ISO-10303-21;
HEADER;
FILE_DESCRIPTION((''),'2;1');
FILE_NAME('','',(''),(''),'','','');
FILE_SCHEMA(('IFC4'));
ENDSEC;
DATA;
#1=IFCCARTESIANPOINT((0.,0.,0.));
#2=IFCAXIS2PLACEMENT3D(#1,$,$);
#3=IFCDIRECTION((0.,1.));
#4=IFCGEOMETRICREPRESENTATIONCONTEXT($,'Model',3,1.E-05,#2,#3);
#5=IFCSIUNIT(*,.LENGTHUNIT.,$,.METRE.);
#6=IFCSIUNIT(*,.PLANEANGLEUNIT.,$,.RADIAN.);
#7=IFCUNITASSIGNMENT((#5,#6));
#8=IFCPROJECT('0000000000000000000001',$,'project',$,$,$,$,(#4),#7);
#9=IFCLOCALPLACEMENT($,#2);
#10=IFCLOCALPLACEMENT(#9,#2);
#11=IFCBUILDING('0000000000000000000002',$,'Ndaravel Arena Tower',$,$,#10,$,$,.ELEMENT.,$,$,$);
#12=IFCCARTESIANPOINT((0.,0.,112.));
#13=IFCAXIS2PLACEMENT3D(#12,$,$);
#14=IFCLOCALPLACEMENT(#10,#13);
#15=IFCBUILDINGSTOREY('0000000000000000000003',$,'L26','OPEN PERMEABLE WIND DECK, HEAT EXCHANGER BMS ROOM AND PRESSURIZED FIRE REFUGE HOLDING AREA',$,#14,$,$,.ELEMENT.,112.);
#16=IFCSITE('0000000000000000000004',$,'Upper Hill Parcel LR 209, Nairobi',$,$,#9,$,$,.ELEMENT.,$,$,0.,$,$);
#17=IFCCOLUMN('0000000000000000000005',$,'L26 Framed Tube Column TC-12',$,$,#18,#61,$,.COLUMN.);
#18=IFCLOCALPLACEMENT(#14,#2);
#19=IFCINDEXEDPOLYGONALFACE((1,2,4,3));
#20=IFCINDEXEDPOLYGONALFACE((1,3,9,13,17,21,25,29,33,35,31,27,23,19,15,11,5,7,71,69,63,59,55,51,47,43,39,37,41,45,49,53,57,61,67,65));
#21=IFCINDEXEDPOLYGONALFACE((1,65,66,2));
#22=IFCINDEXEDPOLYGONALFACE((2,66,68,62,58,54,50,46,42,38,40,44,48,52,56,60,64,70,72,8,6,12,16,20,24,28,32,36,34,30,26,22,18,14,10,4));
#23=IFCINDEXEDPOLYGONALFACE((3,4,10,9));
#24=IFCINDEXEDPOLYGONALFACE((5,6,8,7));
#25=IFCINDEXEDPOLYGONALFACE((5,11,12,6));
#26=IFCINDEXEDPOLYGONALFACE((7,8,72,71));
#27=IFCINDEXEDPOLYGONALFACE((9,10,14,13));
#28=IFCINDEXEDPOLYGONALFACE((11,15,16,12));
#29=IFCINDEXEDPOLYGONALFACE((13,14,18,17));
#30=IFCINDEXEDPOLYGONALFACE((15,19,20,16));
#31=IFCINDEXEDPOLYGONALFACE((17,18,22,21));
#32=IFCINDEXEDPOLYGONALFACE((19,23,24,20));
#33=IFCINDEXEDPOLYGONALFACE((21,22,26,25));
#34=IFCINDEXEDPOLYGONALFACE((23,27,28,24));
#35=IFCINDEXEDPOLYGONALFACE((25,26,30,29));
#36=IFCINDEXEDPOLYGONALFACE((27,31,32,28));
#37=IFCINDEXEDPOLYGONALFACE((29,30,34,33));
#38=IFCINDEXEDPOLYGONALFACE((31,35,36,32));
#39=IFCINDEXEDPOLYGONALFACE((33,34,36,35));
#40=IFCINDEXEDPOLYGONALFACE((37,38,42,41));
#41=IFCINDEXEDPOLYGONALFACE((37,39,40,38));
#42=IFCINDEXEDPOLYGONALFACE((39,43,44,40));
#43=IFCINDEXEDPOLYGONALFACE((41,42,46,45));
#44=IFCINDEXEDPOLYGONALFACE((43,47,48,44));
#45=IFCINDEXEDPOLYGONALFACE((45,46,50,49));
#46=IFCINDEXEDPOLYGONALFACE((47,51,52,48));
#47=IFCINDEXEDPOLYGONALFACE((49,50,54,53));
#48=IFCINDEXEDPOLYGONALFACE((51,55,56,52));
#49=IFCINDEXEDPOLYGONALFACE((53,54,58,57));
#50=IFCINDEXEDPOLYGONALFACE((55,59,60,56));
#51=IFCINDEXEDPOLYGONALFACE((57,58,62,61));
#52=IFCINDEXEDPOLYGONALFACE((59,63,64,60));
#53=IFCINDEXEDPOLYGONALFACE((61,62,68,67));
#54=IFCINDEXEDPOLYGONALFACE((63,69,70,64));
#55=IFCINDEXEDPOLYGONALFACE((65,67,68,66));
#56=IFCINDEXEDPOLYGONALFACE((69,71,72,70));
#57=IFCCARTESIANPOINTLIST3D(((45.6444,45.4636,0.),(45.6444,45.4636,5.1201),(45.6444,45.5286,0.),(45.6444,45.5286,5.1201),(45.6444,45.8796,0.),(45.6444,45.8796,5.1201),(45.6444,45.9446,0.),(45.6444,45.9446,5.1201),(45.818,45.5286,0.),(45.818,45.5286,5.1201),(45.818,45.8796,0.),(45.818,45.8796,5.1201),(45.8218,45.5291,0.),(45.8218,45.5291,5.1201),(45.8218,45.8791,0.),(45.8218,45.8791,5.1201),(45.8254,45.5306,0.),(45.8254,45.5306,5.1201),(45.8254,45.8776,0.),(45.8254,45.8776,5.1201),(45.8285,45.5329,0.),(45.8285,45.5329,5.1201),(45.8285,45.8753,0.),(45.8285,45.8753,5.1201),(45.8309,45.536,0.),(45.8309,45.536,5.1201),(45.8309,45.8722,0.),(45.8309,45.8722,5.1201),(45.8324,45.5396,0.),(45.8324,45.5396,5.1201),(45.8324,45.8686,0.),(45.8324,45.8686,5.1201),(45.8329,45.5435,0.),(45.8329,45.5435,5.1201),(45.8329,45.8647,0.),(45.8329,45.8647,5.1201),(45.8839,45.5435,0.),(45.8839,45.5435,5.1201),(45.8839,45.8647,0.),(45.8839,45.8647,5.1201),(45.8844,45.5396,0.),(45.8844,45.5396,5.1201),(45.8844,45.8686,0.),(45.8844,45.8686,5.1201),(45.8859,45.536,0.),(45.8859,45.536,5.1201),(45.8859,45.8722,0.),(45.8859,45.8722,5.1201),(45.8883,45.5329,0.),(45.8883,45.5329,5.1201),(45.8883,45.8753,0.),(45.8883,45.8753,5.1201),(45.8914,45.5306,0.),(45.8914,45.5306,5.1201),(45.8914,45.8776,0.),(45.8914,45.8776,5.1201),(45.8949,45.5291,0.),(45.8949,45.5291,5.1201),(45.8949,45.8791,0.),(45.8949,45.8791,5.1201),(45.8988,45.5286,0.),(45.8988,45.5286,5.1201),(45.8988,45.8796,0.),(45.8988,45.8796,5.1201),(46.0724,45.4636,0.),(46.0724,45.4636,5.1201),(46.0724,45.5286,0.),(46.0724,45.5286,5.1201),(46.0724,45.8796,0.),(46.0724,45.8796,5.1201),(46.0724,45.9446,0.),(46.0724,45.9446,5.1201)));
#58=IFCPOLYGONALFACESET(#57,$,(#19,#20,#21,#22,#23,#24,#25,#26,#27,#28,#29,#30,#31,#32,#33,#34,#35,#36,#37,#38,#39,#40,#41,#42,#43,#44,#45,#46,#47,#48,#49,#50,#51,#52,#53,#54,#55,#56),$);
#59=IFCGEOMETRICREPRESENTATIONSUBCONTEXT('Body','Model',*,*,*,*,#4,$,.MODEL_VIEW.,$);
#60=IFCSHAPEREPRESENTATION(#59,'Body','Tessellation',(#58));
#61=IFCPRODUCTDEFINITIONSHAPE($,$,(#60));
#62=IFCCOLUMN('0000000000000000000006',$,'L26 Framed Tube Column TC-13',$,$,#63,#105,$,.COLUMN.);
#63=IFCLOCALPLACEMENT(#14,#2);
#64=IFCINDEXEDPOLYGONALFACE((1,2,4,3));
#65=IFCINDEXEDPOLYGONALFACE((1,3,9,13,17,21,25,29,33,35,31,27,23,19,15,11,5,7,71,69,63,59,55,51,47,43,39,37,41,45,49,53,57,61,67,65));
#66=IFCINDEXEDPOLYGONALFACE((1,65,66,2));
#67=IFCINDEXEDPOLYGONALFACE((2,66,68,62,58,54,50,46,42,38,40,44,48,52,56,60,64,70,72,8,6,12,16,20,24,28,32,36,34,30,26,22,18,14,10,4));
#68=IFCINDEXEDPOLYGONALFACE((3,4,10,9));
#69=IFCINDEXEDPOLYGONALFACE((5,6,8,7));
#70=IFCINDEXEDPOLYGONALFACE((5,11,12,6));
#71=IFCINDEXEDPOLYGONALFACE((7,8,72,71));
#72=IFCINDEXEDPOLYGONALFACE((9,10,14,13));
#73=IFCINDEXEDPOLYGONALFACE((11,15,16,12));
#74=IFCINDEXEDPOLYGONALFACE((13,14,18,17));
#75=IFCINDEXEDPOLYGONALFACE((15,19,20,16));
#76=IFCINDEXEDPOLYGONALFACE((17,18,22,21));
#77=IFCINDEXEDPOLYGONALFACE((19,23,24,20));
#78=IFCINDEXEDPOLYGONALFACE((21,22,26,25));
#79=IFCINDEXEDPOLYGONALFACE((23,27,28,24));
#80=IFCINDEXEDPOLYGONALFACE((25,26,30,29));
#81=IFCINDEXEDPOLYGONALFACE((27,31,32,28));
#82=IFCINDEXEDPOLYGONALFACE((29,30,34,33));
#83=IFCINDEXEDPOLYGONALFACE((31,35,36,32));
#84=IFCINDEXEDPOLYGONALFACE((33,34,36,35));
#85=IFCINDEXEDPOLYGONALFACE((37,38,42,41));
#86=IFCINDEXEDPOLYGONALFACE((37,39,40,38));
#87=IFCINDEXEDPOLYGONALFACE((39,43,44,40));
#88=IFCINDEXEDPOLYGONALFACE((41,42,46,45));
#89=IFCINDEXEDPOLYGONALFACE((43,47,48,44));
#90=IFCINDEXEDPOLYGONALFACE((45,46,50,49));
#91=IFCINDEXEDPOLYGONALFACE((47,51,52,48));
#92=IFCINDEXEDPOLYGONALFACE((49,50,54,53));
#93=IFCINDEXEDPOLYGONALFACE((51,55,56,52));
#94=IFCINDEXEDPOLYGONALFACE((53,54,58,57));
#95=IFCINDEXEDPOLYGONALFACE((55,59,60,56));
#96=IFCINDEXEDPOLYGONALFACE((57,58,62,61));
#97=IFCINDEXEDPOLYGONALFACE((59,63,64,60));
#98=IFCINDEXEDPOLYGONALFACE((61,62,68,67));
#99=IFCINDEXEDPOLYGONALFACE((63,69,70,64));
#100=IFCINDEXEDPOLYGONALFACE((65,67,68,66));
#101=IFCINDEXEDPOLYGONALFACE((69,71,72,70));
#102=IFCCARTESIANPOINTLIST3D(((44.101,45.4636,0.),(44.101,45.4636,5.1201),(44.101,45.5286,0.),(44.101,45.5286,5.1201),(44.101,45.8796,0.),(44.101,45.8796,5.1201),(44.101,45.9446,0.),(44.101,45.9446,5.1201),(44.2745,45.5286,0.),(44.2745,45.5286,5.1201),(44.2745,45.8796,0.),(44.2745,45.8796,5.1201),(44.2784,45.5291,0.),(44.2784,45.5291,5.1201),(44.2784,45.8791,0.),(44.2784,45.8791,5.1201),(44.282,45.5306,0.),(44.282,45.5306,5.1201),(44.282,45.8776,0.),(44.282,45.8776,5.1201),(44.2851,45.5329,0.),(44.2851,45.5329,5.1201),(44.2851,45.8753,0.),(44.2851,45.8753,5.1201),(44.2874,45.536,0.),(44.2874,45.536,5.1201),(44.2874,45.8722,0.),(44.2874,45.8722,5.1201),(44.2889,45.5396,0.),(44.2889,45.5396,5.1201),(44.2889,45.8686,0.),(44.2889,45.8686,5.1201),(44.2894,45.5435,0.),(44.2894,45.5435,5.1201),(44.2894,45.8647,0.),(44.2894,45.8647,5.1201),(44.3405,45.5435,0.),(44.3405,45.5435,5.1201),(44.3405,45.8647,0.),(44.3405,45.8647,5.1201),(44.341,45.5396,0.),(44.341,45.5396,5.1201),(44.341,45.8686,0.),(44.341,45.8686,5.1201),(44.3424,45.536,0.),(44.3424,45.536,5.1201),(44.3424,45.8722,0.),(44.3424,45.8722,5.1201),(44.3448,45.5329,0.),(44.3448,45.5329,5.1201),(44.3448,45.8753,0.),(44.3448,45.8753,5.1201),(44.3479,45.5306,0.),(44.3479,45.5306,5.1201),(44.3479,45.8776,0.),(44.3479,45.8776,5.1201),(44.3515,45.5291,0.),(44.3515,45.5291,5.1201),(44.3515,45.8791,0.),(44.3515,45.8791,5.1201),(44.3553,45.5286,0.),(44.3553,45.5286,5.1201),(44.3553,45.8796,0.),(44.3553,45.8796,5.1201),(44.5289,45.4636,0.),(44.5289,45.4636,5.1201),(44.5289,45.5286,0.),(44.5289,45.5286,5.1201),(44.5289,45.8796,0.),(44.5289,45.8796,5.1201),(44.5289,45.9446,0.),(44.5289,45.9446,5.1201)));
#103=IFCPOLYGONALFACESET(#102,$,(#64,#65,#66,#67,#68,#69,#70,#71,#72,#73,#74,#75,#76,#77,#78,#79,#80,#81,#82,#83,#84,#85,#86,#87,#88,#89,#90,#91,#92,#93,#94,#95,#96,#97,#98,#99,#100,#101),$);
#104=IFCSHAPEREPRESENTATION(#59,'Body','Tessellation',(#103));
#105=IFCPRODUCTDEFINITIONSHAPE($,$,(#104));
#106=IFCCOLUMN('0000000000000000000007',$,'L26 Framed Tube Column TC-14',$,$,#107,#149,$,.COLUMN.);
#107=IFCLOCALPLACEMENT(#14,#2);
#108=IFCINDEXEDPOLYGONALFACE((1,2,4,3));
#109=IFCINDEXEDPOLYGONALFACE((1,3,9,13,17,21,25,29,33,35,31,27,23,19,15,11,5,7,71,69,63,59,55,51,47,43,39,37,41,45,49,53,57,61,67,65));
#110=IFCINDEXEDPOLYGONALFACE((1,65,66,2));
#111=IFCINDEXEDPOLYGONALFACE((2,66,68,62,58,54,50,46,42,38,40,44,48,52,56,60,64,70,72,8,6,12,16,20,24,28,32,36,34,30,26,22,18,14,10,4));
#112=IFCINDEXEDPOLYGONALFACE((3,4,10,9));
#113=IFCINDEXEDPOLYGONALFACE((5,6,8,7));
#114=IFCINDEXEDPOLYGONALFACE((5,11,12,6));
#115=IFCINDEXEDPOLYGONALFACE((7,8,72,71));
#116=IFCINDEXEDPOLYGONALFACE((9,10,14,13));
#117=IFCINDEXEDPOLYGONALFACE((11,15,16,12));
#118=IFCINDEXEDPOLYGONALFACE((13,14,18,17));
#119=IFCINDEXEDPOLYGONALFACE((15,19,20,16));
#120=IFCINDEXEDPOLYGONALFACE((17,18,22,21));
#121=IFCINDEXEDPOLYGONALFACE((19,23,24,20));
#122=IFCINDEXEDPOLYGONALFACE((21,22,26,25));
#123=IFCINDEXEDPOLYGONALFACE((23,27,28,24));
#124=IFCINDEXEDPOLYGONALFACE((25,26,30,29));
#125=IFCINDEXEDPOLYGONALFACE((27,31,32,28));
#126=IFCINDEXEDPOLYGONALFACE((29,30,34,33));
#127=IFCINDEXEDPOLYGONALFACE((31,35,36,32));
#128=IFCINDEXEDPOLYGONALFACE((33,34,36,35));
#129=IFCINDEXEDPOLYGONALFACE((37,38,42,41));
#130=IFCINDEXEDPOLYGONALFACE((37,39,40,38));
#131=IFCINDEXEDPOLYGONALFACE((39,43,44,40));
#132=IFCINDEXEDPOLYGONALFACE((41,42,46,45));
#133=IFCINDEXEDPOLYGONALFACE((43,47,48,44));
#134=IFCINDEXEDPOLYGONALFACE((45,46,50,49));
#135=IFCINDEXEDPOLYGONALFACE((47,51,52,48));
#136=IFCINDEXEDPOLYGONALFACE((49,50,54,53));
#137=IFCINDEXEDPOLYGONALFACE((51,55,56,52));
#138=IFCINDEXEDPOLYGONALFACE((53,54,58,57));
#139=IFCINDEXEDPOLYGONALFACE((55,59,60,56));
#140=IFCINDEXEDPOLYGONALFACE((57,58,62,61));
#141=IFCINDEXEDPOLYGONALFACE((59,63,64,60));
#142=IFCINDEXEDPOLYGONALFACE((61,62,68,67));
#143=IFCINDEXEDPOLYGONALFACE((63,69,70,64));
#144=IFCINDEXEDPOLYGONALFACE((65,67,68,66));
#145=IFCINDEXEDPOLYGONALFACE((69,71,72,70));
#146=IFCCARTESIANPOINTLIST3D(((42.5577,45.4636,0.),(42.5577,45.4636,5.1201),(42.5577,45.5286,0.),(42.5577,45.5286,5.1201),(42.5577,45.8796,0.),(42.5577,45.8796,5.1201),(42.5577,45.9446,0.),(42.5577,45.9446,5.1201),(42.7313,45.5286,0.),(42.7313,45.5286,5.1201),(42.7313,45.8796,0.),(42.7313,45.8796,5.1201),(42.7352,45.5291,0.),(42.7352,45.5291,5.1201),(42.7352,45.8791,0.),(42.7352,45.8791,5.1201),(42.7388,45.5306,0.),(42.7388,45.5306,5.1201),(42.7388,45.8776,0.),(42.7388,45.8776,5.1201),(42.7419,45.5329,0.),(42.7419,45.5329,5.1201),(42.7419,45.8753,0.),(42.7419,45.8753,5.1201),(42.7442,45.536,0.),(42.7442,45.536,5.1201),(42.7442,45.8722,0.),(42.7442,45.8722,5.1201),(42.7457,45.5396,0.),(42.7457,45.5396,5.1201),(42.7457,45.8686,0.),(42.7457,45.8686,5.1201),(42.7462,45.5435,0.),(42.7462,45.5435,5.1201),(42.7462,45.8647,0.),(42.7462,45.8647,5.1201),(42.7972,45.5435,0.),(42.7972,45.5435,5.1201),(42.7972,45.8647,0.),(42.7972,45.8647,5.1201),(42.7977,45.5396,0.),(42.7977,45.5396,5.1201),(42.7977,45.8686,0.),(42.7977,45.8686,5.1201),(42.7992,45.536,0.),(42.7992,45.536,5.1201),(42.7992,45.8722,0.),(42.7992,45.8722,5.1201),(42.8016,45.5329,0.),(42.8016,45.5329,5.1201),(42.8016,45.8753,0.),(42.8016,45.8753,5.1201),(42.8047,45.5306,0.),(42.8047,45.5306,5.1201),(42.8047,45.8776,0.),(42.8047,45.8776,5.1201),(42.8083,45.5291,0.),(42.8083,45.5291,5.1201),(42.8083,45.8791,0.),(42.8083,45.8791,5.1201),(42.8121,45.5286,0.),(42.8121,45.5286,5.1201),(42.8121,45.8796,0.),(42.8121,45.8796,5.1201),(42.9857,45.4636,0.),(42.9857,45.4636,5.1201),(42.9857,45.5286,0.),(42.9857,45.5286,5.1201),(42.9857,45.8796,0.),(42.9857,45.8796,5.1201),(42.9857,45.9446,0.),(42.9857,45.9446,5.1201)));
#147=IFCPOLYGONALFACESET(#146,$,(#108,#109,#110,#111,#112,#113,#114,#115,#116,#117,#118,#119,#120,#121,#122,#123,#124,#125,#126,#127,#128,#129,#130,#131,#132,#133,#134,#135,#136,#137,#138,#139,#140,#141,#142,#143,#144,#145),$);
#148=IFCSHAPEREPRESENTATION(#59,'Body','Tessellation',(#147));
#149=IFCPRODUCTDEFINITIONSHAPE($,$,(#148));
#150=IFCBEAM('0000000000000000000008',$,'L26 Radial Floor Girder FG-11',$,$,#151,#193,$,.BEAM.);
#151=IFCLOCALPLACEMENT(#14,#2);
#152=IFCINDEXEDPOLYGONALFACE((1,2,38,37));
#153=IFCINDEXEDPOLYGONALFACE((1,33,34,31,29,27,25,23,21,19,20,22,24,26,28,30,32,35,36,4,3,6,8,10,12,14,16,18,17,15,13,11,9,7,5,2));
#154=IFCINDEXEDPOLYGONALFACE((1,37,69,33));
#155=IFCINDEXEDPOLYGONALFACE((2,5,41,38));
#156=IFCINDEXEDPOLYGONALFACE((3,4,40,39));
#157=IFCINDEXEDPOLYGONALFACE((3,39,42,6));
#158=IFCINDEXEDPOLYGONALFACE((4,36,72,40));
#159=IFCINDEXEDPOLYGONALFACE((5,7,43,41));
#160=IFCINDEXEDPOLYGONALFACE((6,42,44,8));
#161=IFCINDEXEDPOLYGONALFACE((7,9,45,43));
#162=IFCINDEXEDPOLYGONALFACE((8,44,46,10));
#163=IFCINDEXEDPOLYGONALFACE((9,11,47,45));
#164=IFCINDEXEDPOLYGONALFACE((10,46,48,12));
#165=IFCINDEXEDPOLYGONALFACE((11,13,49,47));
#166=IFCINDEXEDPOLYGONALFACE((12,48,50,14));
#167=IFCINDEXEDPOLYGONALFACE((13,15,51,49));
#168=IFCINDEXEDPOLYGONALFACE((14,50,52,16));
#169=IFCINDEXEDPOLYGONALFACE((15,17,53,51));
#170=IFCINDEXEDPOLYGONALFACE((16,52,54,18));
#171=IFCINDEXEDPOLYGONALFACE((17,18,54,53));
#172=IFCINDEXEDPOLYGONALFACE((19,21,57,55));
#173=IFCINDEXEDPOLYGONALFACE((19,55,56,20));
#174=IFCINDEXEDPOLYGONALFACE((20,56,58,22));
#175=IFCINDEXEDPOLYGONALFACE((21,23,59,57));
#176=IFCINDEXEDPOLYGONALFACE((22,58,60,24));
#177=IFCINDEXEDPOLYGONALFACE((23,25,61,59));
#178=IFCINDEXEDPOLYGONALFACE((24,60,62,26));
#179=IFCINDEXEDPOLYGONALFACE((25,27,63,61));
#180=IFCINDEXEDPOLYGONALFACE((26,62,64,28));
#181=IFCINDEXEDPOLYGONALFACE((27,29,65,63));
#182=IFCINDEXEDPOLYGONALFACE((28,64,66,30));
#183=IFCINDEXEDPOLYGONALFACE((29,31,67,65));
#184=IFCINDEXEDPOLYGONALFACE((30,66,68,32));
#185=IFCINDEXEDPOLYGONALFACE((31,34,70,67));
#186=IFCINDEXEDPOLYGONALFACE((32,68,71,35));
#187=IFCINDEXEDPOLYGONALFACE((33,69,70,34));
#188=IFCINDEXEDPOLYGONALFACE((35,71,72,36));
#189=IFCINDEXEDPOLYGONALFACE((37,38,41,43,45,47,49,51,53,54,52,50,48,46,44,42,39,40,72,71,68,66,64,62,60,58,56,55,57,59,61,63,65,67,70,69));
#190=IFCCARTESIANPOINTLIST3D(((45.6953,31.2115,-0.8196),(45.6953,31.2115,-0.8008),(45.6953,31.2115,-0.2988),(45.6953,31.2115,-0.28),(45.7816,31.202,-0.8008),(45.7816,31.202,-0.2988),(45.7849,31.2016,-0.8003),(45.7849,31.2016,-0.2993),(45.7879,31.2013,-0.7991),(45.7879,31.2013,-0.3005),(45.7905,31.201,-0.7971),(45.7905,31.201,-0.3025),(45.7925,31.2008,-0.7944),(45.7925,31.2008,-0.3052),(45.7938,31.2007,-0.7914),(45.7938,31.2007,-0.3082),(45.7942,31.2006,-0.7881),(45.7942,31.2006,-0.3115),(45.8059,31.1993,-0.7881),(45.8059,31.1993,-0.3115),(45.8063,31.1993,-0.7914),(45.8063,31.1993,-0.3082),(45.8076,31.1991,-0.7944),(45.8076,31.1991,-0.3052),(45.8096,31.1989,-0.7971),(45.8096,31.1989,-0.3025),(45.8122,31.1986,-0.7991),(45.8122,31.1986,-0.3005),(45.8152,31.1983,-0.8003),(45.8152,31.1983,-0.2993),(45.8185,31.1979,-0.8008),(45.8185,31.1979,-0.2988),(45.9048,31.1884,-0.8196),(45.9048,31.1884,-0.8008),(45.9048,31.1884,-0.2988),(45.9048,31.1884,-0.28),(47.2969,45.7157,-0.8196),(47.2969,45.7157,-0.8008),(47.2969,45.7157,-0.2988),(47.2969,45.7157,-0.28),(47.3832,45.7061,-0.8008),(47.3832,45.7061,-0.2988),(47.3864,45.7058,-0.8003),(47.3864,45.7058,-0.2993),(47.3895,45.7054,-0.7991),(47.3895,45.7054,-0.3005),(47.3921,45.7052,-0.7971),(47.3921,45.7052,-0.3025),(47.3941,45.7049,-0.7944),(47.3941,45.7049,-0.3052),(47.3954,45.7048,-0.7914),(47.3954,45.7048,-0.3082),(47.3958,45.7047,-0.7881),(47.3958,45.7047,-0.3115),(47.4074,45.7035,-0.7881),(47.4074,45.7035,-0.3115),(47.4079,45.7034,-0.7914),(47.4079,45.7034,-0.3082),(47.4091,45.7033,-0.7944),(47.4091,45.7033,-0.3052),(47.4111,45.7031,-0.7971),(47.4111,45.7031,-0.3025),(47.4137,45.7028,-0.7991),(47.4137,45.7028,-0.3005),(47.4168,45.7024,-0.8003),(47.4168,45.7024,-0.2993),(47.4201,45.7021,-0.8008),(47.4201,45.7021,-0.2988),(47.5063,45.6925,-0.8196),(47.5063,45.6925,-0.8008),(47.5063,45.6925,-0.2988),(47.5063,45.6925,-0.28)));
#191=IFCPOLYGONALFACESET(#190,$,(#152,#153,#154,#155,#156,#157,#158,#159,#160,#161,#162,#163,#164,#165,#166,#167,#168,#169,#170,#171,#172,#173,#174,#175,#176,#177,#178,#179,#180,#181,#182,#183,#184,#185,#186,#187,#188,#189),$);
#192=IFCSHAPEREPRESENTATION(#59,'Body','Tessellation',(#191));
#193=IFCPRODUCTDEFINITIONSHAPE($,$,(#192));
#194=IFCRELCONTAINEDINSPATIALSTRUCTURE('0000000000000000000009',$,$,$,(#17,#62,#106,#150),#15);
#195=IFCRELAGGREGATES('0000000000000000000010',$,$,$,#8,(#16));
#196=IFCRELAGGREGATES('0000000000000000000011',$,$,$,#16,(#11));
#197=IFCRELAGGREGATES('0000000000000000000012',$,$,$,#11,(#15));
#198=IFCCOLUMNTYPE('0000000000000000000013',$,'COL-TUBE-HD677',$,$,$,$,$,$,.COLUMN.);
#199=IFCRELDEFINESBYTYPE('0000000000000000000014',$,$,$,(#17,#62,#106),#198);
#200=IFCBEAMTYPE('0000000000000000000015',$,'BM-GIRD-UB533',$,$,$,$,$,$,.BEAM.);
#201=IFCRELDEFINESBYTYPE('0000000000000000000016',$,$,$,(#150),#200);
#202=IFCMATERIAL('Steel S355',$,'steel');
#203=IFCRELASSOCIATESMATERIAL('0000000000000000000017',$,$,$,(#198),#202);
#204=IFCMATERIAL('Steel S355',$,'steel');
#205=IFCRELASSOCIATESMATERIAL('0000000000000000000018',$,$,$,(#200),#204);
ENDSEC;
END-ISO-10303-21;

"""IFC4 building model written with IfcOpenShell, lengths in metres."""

from ifc_helpers import new_model, si_unit, direction, frame, origin, origin_2d, place, context, subcontext, project, spatial, i_section, extrude, material, material_profile, profile_set, type_object, element, save


model = new_model("IFC4")

# Units and contexts
model_context = context("Model", 3, precision=1e-05, world=origin(), true_north=direction((0.0, 1.0)))
body_context = subcontext(model_context, "Body", "Model", "MODEL_VIEW")
ifc_project = project(units=[si_unit("LENGTHUNIT", "METRE"), si_unit("PLANEANGLEUNIT", "RADIAN")], contexts=[model_context])

# Site, building, storey
site_placement = place(None, origin())
site = spatial("IfcSite", under=ifc_project, at=site_placement, Name="Upper Hill Parcel LR 209, Nairobi", CompositionType="ELEMENT", RefElevation=0.0)
building_placement = place(site_placement, origin())
building = spatial("IfcBuilding", under=site, at=building_placement, Name="Ndaravel Arena Tower", CompositionType="ELEMENT")
storey_placement = place(building_placement, frame((0.0, 0.0, 112.0)))
storey = spatial("IfcBuildingStorey", under=building, at=storey_placement, Name="L26", Description="OPEN PERMEABLE WIND DECK, HEAT EXCHANGER BMS ROOM AND PRESSURIZED FIRE REFUGE HOLDING AREA", CompositionType="ELEMENT", Elevation=112.0)

# Columns
ifc_material_1 = material(Name="Steel S355", Category="steel")
ifc_material_profile_1 = material_profile(ifc_material_1, i_section(OverallWidth=0.428, OverallDepth=0.481, WebThickness=0.051, FlangeThickness=0.0649, FilletRadius=0.0149, at=origin_2d()), Name="HD 400x677")
ifc_profile_set_1 = profile_set([ifc_material_profile_1], Name="Steel S355")
column_type_1 = type_object("IfcColumnType", Name="COL-TUBE-HD677", PredefinedType="COLUMN", material=ifc_profile_set_1)
for number, where, z_axis, x_axis, name in (
    (1, (45.8584, 45.7041, 0.0), (0.0, 0.0, 1.0), (1.0, 0.0, 0.0), "L26 Framed Tube Column TC-12"),
    (2, (44.3149, 45.7041, 0.0), (0.0, 0.0, 1.0), (1.0, 0.0, 0.0), "L26 Framed Tube Column TC-13"),
    (3, (42.7717, 45.7041, 0.0), (0.0, 0.0, 1.0), (1.0, 0.0, 0.0), "L26 Framed Tube Column TC-14"),
):
    element("IfcColumn", number, at=place(storey_placement, frame(where, z_axis=z_axis, x_axis=x_axis)), inside=storey, type_object=column_type_1, Name=name, PredefinedType="COLUMN", context=body_context, shape_type="SweptSolid", body=[
        extrude(i_section(OverallWidth=0.428, OverallDepth=0.481, WebThickness=0.051, FlangeThickness=0.0649, FilletRadius=0.0149, at=origin_2d()), origin(), (0.0, 0.0, 1.0), 5.1201),
    ])

# Beam
ifc_material_2 = material(Name="Steel S355", Category="steel")
ifc_material_profile_2 = material_profile(ifc_material_2, i_section(OverallWidth=0.2107, OverallDepth=0.5396, WebThickness=0.0117, FlangeThickness=0.0188, FilletRadius=0.0127, at=origin_2d()), Name="UB 533x210x109")
ifc_profile_set_2 = profile_set([ifc_material_profile_2], Name="Steel S355")
beam_type_1 = type_object("IfcBeamType", Name="BM-GIRD-UB533", PredefinedType="BEAM", material=ifc_profile_set_2)
beam_1_placement = place(storey_placement, frame((47.4016, 45.7041, -0.5498), z_axis=(-0.109754, -0.993959, 0.0), x_axis=(0.993959, -0.109754, 0.0)))
element("IfcBeam", 4, at=beam_1_placement, inside=storey, type_object=beam_type_1, Name="L26 Radial Floor Girder FG-11", PredefinedType="BEAM", context=body_context, shape_type="SweptSolid", body=[
    extrude(i_section(OverallWidth=0.2107, OverallDepth=0.5396, WebThickness=0.0117, FlangeThickness=0.0188, FilletRadius=0.0127, at=origin_2d()), origin(), (0.0, 0.0, 1.0), 14.5923),
])

save(model, "model.ifc")
